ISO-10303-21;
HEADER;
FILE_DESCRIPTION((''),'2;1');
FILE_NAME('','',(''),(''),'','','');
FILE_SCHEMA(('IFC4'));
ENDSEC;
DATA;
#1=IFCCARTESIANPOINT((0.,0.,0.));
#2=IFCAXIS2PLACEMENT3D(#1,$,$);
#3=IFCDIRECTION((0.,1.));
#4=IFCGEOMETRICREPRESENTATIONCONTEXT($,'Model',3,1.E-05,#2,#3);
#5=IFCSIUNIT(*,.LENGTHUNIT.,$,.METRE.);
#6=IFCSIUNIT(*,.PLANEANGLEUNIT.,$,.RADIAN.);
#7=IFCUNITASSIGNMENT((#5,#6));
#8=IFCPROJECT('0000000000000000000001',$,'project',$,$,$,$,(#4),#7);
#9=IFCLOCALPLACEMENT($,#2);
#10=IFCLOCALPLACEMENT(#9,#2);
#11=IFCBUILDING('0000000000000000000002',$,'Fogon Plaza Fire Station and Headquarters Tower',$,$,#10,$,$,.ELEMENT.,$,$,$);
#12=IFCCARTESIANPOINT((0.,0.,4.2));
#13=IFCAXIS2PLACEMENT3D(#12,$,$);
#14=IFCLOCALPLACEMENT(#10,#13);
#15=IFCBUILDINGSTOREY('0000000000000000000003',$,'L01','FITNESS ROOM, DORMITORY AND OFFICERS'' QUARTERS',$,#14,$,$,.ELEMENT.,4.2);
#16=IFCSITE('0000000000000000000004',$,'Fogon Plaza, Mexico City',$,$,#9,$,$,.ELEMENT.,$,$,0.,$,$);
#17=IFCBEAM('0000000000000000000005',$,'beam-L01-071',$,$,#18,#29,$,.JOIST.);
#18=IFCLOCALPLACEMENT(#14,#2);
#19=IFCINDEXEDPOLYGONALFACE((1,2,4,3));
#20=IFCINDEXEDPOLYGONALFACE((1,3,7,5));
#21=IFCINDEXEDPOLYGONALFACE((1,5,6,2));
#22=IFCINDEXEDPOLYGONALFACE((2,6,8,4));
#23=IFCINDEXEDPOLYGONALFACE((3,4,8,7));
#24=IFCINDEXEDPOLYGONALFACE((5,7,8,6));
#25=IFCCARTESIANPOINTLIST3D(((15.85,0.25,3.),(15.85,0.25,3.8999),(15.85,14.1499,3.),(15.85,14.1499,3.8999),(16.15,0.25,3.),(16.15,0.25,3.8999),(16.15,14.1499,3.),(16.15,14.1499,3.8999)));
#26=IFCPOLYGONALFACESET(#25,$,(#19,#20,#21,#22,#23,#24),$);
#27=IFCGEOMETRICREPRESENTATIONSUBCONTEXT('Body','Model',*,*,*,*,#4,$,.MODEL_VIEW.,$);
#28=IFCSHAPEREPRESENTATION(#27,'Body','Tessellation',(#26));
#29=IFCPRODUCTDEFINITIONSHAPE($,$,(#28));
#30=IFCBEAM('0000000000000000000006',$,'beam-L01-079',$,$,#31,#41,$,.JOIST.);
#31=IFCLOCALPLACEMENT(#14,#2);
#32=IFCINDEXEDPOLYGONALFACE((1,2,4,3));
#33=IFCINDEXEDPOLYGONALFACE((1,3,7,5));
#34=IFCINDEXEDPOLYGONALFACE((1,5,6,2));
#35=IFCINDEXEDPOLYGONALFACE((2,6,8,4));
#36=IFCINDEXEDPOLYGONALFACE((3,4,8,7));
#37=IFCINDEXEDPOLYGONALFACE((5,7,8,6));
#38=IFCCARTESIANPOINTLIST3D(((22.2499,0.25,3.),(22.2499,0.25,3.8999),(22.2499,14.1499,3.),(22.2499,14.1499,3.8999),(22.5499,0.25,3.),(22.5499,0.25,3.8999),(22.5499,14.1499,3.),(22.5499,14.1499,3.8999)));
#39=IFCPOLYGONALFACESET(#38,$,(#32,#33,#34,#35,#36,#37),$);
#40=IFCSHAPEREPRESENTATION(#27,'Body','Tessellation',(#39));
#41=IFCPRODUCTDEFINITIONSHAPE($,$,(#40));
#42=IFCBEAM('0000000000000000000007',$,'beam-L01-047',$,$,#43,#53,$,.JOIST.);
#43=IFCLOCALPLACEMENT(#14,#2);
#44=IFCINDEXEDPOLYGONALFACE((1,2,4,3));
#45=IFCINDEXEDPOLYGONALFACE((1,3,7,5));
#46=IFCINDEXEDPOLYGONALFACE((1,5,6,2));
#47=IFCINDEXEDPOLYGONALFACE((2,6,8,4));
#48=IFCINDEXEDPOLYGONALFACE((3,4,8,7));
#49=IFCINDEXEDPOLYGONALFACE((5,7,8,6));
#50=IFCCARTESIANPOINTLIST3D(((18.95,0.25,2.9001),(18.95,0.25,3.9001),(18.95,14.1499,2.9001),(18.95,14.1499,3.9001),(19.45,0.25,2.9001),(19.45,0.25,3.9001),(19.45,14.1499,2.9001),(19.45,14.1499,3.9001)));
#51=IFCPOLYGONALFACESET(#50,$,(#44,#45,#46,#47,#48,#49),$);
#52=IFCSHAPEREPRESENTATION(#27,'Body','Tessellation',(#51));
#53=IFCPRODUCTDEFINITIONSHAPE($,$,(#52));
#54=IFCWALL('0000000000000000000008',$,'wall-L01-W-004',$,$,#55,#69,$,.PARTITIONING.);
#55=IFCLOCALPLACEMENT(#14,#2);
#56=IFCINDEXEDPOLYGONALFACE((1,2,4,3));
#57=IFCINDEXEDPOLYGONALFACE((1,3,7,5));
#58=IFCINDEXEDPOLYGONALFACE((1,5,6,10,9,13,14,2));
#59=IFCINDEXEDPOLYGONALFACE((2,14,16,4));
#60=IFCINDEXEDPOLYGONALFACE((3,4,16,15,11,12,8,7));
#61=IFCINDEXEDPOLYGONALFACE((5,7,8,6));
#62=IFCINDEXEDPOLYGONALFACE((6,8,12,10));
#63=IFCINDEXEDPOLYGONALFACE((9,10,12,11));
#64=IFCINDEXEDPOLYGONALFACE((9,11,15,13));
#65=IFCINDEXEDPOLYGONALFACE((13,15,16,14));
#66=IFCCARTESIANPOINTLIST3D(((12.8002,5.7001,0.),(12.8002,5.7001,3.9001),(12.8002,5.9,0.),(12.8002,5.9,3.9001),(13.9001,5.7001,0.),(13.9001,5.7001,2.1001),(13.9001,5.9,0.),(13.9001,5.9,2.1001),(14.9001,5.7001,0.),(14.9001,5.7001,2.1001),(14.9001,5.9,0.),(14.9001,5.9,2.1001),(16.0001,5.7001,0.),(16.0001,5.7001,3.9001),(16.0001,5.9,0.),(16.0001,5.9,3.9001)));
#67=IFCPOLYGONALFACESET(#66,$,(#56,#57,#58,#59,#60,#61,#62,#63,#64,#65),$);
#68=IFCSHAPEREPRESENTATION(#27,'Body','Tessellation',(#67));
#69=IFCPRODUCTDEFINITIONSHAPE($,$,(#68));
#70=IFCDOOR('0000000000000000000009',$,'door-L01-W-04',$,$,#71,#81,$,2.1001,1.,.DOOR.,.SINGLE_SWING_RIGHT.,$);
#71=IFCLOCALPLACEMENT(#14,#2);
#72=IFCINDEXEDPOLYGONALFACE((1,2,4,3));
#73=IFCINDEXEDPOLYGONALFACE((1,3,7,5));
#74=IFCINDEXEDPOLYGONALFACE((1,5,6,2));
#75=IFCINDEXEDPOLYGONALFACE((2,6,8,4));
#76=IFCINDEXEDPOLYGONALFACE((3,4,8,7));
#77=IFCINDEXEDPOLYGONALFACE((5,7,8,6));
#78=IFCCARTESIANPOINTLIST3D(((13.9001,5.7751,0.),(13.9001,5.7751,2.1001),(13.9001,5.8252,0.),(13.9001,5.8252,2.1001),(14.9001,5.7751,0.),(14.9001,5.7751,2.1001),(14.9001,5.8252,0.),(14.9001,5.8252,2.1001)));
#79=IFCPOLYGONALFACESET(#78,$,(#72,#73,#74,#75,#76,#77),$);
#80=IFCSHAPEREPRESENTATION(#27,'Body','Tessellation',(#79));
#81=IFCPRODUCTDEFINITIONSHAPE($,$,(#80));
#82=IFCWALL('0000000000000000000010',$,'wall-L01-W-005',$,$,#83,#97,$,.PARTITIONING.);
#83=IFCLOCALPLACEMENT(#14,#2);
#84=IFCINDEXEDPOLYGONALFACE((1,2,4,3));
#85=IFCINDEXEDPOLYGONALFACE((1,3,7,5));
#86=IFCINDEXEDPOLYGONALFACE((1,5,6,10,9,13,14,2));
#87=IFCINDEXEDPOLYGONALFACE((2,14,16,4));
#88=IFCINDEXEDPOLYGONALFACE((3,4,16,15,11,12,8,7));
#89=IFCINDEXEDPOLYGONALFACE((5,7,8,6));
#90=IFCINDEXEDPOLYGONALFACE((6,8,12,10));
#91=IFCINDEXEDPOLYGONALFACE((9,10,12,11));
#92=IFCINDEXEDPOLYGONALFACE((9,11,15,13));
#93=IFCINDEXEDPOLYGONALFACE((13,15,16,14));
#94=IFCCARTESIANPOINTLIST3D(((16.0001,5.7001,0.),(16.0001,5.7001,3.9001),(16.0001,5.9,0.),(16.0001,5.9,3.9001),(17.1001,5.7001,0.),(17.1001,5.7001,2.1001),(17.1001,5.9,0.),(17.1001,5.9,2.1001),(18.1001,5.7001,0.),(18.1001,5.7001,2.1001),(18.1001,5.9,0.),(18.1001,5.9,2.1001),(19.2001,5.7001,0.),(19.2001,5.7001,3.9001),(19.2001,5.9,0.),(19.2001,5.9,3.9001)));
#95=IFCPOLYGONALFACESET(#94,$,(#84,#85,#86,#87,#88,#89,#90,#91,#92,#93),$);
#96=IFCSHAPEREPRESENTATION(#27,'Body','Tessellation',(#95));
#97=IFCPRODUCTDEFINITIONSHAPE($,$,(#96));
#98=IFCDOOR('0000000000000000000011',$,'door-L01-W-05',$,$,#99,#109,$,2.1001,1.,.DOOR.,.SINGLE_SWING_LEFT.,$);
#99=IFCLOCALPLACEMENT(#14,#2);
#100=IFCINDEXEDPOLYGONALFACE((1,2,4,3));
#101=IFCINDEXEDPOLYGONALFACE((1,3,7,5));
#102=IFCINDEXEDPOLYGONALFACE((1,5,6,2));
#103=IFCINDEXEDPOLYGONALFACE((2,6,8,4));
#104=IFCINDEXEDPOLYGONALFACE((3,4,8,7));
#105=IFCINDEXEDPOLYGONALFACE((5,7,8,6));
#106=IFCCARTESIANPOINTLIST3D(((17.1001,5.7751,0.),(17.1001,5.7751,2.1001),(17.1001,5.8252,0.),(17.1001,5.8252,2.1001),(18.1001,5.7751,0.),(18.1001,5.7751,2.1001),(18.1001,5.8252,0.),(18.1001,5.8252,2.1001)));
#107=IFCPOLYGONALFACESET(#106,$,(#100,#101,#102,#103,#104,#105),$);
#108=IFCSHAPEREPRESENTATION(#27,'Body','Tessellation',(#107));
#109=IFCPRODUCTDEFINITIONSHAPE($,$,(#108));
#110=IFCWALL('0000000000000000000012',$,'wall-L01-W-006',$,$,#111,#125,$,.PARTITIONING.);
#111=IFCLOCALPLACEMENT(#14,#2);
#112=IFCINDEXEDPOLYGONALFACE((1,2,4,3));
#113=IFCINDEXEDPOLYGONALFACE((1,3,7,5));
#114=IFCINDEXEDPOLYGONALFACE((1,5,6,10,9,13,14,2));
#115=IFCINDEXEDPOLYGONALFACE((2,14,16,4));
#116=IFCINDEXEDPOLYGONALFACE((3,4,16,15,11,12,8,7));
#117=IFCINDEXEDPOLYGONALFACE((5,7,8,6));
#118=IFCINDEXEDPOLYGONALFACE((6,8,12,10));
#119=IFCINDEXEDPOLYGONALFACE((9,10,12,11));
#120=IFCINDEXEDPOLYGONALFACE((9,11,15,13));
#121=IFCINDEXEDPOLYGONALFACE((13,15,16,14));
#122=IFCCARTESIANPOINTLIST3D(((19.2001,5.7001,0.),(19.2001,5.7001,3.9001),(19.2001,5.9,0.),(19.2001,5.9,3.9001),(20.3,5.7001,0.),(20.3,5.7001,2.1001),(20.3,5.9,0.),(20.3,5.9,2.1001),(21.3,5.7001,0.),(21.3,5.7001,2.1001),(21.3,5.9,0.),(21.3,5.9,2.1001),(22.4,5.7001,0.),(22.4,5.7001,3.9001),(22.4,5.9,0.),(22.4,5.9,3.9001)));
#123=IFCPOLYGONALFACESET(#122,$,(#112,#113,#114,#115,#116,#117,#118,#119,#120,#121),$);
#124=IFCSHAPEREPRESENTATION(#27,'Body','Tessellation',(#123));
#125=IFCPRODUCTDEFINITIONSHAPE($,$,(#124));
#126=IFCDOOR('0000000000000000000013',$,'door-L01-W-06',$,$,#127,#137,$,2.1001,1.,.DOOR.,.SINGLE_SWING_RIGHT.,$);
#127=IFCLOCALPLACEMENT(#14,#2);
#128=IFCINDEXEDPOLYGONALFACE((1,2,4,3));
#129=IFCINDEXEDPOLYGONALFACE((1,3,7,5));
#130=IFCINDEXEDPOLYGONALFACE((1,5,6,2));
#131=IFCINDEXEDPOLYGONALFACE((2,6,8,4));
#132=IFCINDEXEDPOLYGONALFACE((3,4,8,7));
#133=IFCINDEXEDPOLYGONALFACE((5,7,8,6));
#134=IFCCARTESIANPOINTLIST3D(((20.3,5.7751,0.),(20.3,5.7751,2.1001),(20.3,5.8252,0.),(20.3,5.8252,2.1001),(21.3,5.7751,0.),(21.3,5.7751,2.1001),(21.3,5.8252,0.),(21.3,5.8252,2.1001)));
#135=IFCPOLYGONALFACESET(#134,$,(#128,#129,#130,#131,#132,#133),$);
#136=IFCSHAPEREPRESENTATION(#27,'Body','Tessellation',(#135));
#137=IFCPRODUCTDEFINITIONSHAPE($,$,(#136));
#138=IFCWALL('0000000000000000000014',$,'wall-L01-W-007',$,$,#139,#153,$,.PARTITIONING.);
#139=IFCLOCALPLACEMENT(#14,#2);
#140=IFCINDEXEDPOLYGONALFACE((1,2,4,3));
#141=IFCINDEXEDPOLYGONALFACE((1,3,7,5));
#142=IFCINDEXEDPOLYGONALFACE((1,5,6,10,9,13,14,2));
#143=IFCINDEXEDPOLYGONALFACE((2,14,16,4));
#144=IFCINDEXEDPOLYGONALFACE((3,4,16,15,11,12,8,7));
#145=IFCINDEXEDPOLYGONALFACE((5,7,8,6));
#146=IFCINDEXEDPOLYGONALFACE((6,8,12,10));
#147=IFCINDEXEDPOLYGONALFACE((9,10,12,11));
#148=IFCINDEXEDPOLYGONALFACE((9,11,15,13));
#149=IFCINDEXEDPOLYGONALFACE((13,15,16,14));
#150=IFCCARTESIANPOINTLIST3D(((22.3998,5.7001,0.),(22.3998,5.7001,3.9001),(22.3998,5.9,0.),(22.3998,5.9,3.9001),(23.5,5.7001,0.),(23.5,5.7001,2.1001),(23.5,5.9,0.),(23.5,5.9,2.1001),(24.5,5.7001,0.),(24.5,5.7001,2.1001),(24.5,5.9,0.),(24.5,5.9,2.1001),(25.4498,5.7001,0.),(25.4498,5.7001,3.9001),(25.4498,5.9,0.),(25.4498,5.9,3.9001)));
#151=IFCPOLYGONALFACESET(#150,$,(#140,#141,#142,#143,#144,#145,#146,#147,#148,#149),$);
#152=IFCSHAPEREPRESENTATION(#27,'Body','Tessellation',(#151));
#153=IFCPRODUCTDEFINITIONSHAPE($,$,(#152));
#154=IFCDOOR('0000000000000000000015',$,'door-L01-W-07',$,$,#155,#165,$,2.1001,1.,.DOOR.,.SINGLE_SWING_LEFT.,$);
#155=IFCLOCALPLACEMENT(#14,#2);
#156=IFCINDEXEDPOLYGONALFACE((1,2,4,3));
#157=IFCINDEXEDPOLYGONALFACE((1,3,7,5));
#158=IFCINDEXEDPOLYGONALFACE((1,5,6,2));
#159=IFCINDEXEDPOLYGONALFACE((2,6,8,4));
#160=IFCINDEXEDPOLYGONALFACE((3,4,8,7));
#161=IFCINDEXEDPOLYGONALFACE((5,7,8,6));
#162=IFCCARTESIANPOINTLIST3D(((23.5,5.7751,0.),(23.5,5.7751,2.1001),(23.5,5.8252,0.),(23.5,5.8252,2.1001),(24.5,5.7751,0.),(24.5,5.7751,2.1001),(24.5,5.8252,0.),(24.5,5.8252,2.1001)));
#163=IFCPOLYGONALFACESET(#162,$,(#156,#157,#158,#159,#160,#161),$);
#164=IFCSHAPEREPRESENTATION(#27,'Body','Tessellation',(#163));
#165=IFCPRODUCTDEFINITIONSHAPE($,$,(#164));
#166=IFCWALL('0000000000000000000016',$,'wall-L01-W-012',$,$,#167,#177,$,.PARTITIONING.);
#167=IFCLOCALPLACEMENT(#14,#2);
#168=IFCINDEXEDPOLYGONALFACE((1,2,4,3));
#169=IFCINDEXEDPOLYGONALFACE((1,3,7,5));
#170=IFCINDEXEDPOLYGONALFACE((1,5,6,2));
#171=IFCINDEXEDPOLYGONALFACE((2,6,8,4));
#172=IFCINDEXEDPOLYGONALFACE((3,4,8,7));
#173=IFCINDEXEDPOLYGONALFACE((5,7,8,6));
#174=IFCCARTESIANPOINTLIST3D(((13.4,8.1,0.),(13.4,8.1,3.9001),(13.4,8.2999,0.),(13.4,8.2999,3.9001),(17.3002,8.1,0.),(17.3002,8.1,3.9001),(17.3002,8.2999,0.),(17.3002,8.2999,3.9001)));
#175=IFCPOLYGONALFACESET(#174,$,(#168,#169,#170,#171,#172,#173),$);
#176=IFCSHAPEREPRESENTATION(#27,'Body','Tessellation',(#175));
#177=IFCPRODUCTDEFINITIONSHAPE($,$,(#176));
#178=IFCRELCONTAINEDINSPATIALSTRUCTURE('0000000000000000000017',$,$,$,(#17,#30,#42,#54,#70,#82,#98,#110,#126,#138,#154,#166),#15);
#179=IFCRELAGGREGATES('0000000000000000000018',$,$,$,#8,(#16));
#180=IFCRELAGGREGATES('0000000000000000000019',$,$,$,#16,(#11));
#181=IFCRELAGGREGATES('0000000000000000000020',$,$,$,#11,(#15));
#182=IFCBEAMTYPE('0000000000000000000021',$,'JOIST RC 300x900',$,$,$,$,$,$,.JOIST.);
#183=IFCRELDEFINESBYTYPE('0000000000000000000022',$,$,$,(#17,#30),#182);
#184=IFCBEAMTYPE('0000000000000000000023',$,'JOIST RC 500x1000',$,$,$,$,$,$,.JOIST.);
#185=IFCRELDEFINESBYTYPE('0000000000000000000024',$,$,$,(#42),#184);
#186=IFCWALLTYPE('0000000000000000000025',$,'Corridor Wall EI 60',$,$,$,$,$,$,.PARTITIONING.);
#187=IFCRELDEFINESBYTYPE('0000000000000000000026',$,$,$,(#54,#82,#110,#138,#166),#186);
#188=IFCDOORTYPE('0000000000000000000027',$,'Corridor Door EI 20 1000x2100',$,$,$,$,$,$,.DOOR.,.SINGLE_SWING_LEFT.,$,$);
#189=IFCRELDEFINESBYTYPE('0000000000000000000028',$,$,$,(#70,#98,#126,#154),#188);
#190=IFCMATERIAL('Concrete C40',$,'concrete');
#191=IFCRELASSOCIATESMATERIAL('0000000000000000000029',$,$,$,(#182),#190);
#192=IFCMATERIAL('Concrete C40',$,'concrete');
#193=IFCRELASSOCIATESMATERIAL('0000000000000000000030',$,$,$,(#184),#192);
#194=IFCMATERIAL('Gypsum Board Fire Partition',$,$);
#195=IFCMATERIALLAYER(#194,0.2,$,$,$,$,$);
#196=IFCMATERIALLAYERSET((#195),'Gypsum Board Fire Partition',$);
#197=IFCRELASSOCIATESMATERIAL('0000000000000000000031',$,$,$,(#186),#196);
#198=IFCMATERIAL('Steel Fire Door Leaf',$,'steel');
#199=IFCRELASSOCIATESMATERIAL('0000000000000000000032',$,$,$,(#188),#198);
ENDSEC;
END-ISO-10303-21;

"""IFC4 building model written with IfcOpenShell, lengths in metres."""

from ifc_helpers import new_model, si_unit, direction, frame, frame_2d, origin, origin_2d, place, context, subcontext, project, spatial, rectangle, extrude, material, layer, layer_set, material_profile, profile_set, type_object, element, fill, save


model = new_model("IFC4")

# Units and contexts
model_context = context("Model", 3, precision=1e-05, world=origin(), true_north=direction((0.0, 1.0)))
body_context = subcontext(model_context, "Body", "Model", "MODEL_VIEW")
ifc_project = project(units=[si_unit("LENGTHUNIT", "METRE"), si_unit("PLANEANGLEUNIT", "RADIAN")], contexts=[model_context])

# Site, building, storey
site_placement = place(None, origin())
site = spatial("IfcSite", under=ifc_project, at=site_placement, Name="Fogon Plaza, Mexico City", CompositionType="ELEMENT", RefElevation=0.0)
building_placement = place(site_placement, origin())
building = spatial("IfcBuilding", under=site, at=building_placement, Name="Fogon Plaza Fire Station and Headquarters Tower", CompositionType="ELEMENT")
storey_placement = place(building_placement, frame((0.0, 0.0, 4.2)))
storey = spatial("IfcBuildingStorey", under=building, at=storey_placement, Name="L01", Description="FITNESS ROOM, DORMITORY AND OFFICERS' QUARTERS", CompositionType="ELEMENT", Elevation=4.2)

# Beams
ifc_material_1 = material(Name="Concrete C40", Category="concrete")
ifc_material_profile_1 = material_profile(ifc_material_1, rectangle(XDim=0.3, YDim=0.8999, at=origin_2d()), Name="RC 300x900")
ifc_profile_set_1 = profile_set([ifc_material_profile_1], Name="Concrete C40")
beam_type_1 = type_object("IfcBeamType", Name="JOIST RC 300x900", PredefinedType="JOIST", material=ifc_profile_set_1)
for number, where, z_axis, x_axis, name in (
    (1, (16.0, 0.25, 3.45), (0.0, 1.0, 0.0), (-1.0, 0.0, 0.0), "beam-L01-071"),
    (2, (22.3999, 0.25, 3.45), (0.0, 1.0, 0.0), (-1.0, 0.0, 0.0), "beam-L01-079"),
):
    element("IfcBeam", number, at=place(storey_placement, frame(where, z_axis=z_axis, x_axis=x_axis)), inside=storey, type_object=beam_type_1, Name=name, PredefinedType="JOIST", context=body_context, shape_type="SweptSolid", body=[
        extrude(rectangle(XDim=0.3, YDim=0.8999, at=origin_2d()), origin(), (0.0, 0.0, 1.0), 13.8999),
    ])
ifc_material_2 = material(Name="Concrete C40", Category="concrete")
ifc_material_profile_2 = material_profile(ifc_material_2, rectangle(XDim=0.5, YDim=1.0, at=origin_2d()), Name="RC 500x1000")
ifc_profile_set_2 = profile_set([ifc_material_profile_2], Name="Concrete C40")
beam_type_2 = type_object("IfcBeamType", Name="JOIST RC 500x1000", PredefinedType="JOIST", material=ifc_profile_set_2)
beam_placement = place(storey_placement, frame((19.2, 0.25, 3.4001), z_axis=(0.0, 1.0, 0.0), x_axis=(-1.0, 0.0, 0.0)))
element("IfcBeam", 3, at=beam_placement, inside=storey, type_object=beam_type_2, Name="beam-L01-047", PredefinedType="JOIST", context=body_context, shape_type="SweptSolid", body=[
    extrude(rectangle(XDim=0.5, YDim=1.0, at=origin_2d()), origin(), (0.0, 0.0, 1.0), 13.8999),
])

# Walls, openings, doors
ifc_material_3 = material(Name="Gypsum Board Fire Partition")
ifc_layer = layer(ifc_material_3, 0.2)
ifc_layer_set = layer_set([ifc_layer], Name="Gypsum Board Fire Partition")
wall_type = type_object("IfcWallType", Name="Corridor Wall EI 60", PredefinedType="PARTITIONING", material=ifc_layer_set)
wall_1_placement = place(storey_placement, frame((12.8, 5.8, 0.0), z_axis=(0.0, 0.0, 1.0), x_axis=(1.0, 0.0, 0.0)))
wall_1 = element("IfcWall", 4, at=wall_1_placement, inside=storey, type_object=wall_type, Name="wall-L01-W-004", PredefinedType="PARTITIONING", context=body_context, shape_type="SweptSolid", body=[
    extrude(rectangle(XDim=3.2, YDim=0.2, at=frame_2d((1.6001, 0.0))), origin(), (0.0, 0.0, 1.0), 3.9001),
])
opening_1_placement = place(wall_1_placement, frame((1.1001, 0.0, 0.0)))
opening_1 = element("IfcOpeningElement", 5, at=opening_1_placement, cuts=wall_1, PredefinedType="OPENING", context=body_context, shape_type="SweptSolid", body=[
    extrude(rectangle(XDim=1.0, YDim=2.1001, at=frame_2d((0.5, 1.05))), frame((0.0, 0.1099, 0.0), z_axis=(0.0, -1.0, 0.0), x_axis=(1.0, 0.0, 0.0)), (0.0, 0.0, 1.0), 0.22),
])
ifc_material_4 = material(Name="Steel Fire Door Leaf", Category="steel")
door_type = type_object("IfcDoorType", Name="Corridor Door EI 20 1000x2100", OperationType="SINGLE_SWING_LEFT", PredefinedType="DOOR", material=ifc_material_4)
door_1_placement = place(opening_1_placement, frame((1.0, 0.0, 0.0), z_axis=(0.0, 0.0, 1.0), x_axis=(-1.0, 0.0, 0.0)))
door_1 = element("IfcDoor", 6, at=door_1_placement, inside=storey, type_object=door_type, Name="door-L01-W-04", OperationType="SINGLE_SWING_RIGHT", OverallHeight=2.1001, OverallWidth=1.0, PredefinedType="DOOR", context=body_context, shape_type="SweptSolid", body=[
    extrude(rectangle(XDim=1.0, YDim=2.1001, at=frame_2d((0.5, 1.05))), frame((0.0, 0.0249, 0.0), z_axis=(0.0, -1.0, 0.0), x_axis=(1.0, 0.0, 0.0)), (0.0, 0.0, 1.0), 0.05),
])
fill(opening_1, door_1)
wall_2_placement = place(storey_placement, frame((16.0, 5.8, 0.0), z_axis=(0.0, 0.0, 1.0), x_axis=(1.0, 0.0, 0.0)))
wall_2 = element("IfcWall", 7, at=wall_2_placement, inside=storey, type_object=wall_type, Name="wall-L01-W-005", PredefinedType="PARTITIONING", context=body_context, shape_type="SweptSolid", body=[
    extrude(rectangle(XDim=3.2, YDim=0.2, at=frame_2d((1.6001, 0.0))), origin(), (0.0, 0.0, 1.0), 3.9001),
])
opening_2_placement = place(wall_2_placement, frame((1.1001, 0.0, 0.0)))
opening_2 = element("IfcOpeningElement", 8, at=opening_2_placement, cuts=wall_2, PredefinedType="OPENING", context=body_context, shape_type="SweptSolid", body=[
    extrude(rectangle(XDim=1.0, YDim=2.1001, at=frame_2d((0.5, 1.05))), frame((0.0, 0.1099, 0.0), z_axis=(0.0, -1.0, 0.0), x_axis=(1.0, 0.0, 0.0)), (0.0, 0.0, 1.0), 0.22),
])
door_2_placement = place(opening_2_placement, frame((1.0, 0.0, 0.0), z_axis=(0.0, 0.0, 1.0), x_axis=(-1.0, 0.0, 0.0)))
door_2 = element("IfcDoor", 9, at=door_2_placement, inside=storey, type_object=door_type, Name="door-L01-W-05", OperationType="SINGLE_SWING_LEFT", OverallHeight=2.1001, OverallWidth=1.0, PredefinedType="DOOR", context=body_context, shape_type="SweptSolid", body=[
    extrude(rectangle(XDim=1.0, YDim=2.1001, at=frame_2d((0.5, 1.05))), frame((0.0, 0.0249, 0.0), z_axis=(0.0, -1.0, 0.0), x_axis=(1.0, 0.0, 0.0)), (0.0, 0.0, 1.0), 0.05),
])
fill(opening_2, door_2)
wall_3_placement = place(storey_placement, frame((19.2, 5.8, 0.0), z_axis=(0.0, 0.0, 1.0), x_axis=(1.0, 0.0, 0.0)))
wall_3 = element("IfcWall", 10, at=wall_3_placement, inside=storey, type_object=wall_type, Name="wall-L01-W-006", PredefinedType="PARTITIONING", context=body_context, shape_type="SweptSolid", body=[
    extrude(rectangle(XDim=3.2, YDim=0.2, at=frame_2d((1.6001, 0.0))), origin(), (0.0, 0.0, 1.0), 3.9001),
])
opening_3_placement = place(wall_3_placement, frame((1.1001, 0.0, 0.0)))
opening_3 = element("IfcOpeningElement", 11, at=opening_3_placement, cuts=wall_3, PredefinedType="OPENING", context=body_context, shape_type="SweptSolid", body=[
    extrude(rectangle(XDim=1.0, YDim=2.1001, at=frame_2d((0.5, 1.05))), frame((0.0, 0.1099, 0.0), z_axis=(0.0, -1.0, 0.0), x_axis=(1.0, 0.0, 0.0)), (0.0, 0.0, 1.0), 0.22),
])
door_3_placement = place(opening_3_placement, frame((1.0, 0.0, 0.0), z_axis=(0.0, 0.0, 1.0), x_axis=(-1.0, 0.0, 0.0)))
door_3 = element("IfcDoor", 12, at=door_3_placement, inside=storey, type_object=door_type, Name="door-L01-W-06", OperationType="SINGLE_SWING_RIGHT", OverallHeight=2.1001, OverallWidth=1.0, PredefinedType="DOOR", context=body_context, shape_type="SweptSolid", body=[
    extrude(rectangle(XDim=1.0, YDim=2.1001, at=frame_2d((0.5, 1.05))), frame((0.0, 0.0249, 0.0), z_axis=(0.0, -1.0, 0.0), x_axis=(1.0, 0.0, 0.0)), (0.0, 0.0, 1.0), 0.05),
])
fill(opening_3, door_3)
wall_4_placement = place(storey_placement, frame((22.3999, 5.8, 0.0), z_axis=(0.0, 0.0, 1.0), x_axis=(1.0, 0.0, 0.0)))
wall_4 = element("IfcWall", 13, at=wall_4_placement, inside=storey, type_object=wall_type, Name="wall-L01-W-007", PredefinedType="PARTITIONING", context=body_context, shape_type="SweptSolid", body=[
    extrude(rectangle(XDim=3.05, YDim=0.2, at=frame_2d((1.5249, 0.0))), origin(), (0.0, 0.0, 1.0), 3.9001),
])
opening_4_placement = place(wall_4_placement, frame((1.1001, 0.0, 0.0)))
opening_4 = element("IfcOpeningElement", 14, at=opening_4_placement, cuts=wall_4, PredefinedType="OPENING", context=body_context, shape_type="SweptSolid", body=[
    extrude(rectangle(XDim=1.0, YDim=2.1001, at=frame_2d((0.5, 1.05))), frame((0.0, 0.1099, 0.0), z_axis=(0.0, -1.0, 0.0), x_axis=(1.0, 0.0, 0.0)), (0.0, 0.0, 1.0), 0.22),
])
door_4_placement = place(opening_4_placement, frame((1.0, 0.0, 0.0), z_axis=(0.0, 0.0, 1.0), x_axis=(-1.0, 0.0, 0.0)))
door_4 = element("IfcDoor", 15, at=door_4_placement, inside=storey, type_object=door_type, Name="door-L01-W-07", OperationType="SINGLE_SWING_LEFT", OverallHeight=2.1001, OverallWidth=1.0, PredefinedType="DOOR", context=body_context, shape_type="SweptSolid", body=[
    extrude(rectangle(XDim=1.0, YDim=2.1001, at=frame_2d((0.5, 1.05))), frame((0.0, 0.0249, 0.0), z_axis=(0.0, -1.0, 0.0), x_axis=(1.0, 0.0, 0.0)), (0.0, 0.0, 1.0), 0.05),
])
fill(opening_4, door_4)

# Wall
wall_5_placement = place(storey_placement, frame((13.3999, 8.2, 0.0), z_axis=(0.0, 0.0, 1.0), x_axis=(1.0, 0.0, 0.0)))
element("IfcWall", 16, at=wall_5_placement, inside=storey, type_object=wall_type, Name="wall-L01-W-012", PredefinedType="PARTITIONING", context=body_context, shape_type="SweptSolid", body=[
    extrude(rectangle(XDim=3.9001, YDim=0.2, at=frame_2d((1.9502, 0.0))), origin(), (0.0, 0.0, 1.0), 3.9001),
])

save(model, "model.ifc")
